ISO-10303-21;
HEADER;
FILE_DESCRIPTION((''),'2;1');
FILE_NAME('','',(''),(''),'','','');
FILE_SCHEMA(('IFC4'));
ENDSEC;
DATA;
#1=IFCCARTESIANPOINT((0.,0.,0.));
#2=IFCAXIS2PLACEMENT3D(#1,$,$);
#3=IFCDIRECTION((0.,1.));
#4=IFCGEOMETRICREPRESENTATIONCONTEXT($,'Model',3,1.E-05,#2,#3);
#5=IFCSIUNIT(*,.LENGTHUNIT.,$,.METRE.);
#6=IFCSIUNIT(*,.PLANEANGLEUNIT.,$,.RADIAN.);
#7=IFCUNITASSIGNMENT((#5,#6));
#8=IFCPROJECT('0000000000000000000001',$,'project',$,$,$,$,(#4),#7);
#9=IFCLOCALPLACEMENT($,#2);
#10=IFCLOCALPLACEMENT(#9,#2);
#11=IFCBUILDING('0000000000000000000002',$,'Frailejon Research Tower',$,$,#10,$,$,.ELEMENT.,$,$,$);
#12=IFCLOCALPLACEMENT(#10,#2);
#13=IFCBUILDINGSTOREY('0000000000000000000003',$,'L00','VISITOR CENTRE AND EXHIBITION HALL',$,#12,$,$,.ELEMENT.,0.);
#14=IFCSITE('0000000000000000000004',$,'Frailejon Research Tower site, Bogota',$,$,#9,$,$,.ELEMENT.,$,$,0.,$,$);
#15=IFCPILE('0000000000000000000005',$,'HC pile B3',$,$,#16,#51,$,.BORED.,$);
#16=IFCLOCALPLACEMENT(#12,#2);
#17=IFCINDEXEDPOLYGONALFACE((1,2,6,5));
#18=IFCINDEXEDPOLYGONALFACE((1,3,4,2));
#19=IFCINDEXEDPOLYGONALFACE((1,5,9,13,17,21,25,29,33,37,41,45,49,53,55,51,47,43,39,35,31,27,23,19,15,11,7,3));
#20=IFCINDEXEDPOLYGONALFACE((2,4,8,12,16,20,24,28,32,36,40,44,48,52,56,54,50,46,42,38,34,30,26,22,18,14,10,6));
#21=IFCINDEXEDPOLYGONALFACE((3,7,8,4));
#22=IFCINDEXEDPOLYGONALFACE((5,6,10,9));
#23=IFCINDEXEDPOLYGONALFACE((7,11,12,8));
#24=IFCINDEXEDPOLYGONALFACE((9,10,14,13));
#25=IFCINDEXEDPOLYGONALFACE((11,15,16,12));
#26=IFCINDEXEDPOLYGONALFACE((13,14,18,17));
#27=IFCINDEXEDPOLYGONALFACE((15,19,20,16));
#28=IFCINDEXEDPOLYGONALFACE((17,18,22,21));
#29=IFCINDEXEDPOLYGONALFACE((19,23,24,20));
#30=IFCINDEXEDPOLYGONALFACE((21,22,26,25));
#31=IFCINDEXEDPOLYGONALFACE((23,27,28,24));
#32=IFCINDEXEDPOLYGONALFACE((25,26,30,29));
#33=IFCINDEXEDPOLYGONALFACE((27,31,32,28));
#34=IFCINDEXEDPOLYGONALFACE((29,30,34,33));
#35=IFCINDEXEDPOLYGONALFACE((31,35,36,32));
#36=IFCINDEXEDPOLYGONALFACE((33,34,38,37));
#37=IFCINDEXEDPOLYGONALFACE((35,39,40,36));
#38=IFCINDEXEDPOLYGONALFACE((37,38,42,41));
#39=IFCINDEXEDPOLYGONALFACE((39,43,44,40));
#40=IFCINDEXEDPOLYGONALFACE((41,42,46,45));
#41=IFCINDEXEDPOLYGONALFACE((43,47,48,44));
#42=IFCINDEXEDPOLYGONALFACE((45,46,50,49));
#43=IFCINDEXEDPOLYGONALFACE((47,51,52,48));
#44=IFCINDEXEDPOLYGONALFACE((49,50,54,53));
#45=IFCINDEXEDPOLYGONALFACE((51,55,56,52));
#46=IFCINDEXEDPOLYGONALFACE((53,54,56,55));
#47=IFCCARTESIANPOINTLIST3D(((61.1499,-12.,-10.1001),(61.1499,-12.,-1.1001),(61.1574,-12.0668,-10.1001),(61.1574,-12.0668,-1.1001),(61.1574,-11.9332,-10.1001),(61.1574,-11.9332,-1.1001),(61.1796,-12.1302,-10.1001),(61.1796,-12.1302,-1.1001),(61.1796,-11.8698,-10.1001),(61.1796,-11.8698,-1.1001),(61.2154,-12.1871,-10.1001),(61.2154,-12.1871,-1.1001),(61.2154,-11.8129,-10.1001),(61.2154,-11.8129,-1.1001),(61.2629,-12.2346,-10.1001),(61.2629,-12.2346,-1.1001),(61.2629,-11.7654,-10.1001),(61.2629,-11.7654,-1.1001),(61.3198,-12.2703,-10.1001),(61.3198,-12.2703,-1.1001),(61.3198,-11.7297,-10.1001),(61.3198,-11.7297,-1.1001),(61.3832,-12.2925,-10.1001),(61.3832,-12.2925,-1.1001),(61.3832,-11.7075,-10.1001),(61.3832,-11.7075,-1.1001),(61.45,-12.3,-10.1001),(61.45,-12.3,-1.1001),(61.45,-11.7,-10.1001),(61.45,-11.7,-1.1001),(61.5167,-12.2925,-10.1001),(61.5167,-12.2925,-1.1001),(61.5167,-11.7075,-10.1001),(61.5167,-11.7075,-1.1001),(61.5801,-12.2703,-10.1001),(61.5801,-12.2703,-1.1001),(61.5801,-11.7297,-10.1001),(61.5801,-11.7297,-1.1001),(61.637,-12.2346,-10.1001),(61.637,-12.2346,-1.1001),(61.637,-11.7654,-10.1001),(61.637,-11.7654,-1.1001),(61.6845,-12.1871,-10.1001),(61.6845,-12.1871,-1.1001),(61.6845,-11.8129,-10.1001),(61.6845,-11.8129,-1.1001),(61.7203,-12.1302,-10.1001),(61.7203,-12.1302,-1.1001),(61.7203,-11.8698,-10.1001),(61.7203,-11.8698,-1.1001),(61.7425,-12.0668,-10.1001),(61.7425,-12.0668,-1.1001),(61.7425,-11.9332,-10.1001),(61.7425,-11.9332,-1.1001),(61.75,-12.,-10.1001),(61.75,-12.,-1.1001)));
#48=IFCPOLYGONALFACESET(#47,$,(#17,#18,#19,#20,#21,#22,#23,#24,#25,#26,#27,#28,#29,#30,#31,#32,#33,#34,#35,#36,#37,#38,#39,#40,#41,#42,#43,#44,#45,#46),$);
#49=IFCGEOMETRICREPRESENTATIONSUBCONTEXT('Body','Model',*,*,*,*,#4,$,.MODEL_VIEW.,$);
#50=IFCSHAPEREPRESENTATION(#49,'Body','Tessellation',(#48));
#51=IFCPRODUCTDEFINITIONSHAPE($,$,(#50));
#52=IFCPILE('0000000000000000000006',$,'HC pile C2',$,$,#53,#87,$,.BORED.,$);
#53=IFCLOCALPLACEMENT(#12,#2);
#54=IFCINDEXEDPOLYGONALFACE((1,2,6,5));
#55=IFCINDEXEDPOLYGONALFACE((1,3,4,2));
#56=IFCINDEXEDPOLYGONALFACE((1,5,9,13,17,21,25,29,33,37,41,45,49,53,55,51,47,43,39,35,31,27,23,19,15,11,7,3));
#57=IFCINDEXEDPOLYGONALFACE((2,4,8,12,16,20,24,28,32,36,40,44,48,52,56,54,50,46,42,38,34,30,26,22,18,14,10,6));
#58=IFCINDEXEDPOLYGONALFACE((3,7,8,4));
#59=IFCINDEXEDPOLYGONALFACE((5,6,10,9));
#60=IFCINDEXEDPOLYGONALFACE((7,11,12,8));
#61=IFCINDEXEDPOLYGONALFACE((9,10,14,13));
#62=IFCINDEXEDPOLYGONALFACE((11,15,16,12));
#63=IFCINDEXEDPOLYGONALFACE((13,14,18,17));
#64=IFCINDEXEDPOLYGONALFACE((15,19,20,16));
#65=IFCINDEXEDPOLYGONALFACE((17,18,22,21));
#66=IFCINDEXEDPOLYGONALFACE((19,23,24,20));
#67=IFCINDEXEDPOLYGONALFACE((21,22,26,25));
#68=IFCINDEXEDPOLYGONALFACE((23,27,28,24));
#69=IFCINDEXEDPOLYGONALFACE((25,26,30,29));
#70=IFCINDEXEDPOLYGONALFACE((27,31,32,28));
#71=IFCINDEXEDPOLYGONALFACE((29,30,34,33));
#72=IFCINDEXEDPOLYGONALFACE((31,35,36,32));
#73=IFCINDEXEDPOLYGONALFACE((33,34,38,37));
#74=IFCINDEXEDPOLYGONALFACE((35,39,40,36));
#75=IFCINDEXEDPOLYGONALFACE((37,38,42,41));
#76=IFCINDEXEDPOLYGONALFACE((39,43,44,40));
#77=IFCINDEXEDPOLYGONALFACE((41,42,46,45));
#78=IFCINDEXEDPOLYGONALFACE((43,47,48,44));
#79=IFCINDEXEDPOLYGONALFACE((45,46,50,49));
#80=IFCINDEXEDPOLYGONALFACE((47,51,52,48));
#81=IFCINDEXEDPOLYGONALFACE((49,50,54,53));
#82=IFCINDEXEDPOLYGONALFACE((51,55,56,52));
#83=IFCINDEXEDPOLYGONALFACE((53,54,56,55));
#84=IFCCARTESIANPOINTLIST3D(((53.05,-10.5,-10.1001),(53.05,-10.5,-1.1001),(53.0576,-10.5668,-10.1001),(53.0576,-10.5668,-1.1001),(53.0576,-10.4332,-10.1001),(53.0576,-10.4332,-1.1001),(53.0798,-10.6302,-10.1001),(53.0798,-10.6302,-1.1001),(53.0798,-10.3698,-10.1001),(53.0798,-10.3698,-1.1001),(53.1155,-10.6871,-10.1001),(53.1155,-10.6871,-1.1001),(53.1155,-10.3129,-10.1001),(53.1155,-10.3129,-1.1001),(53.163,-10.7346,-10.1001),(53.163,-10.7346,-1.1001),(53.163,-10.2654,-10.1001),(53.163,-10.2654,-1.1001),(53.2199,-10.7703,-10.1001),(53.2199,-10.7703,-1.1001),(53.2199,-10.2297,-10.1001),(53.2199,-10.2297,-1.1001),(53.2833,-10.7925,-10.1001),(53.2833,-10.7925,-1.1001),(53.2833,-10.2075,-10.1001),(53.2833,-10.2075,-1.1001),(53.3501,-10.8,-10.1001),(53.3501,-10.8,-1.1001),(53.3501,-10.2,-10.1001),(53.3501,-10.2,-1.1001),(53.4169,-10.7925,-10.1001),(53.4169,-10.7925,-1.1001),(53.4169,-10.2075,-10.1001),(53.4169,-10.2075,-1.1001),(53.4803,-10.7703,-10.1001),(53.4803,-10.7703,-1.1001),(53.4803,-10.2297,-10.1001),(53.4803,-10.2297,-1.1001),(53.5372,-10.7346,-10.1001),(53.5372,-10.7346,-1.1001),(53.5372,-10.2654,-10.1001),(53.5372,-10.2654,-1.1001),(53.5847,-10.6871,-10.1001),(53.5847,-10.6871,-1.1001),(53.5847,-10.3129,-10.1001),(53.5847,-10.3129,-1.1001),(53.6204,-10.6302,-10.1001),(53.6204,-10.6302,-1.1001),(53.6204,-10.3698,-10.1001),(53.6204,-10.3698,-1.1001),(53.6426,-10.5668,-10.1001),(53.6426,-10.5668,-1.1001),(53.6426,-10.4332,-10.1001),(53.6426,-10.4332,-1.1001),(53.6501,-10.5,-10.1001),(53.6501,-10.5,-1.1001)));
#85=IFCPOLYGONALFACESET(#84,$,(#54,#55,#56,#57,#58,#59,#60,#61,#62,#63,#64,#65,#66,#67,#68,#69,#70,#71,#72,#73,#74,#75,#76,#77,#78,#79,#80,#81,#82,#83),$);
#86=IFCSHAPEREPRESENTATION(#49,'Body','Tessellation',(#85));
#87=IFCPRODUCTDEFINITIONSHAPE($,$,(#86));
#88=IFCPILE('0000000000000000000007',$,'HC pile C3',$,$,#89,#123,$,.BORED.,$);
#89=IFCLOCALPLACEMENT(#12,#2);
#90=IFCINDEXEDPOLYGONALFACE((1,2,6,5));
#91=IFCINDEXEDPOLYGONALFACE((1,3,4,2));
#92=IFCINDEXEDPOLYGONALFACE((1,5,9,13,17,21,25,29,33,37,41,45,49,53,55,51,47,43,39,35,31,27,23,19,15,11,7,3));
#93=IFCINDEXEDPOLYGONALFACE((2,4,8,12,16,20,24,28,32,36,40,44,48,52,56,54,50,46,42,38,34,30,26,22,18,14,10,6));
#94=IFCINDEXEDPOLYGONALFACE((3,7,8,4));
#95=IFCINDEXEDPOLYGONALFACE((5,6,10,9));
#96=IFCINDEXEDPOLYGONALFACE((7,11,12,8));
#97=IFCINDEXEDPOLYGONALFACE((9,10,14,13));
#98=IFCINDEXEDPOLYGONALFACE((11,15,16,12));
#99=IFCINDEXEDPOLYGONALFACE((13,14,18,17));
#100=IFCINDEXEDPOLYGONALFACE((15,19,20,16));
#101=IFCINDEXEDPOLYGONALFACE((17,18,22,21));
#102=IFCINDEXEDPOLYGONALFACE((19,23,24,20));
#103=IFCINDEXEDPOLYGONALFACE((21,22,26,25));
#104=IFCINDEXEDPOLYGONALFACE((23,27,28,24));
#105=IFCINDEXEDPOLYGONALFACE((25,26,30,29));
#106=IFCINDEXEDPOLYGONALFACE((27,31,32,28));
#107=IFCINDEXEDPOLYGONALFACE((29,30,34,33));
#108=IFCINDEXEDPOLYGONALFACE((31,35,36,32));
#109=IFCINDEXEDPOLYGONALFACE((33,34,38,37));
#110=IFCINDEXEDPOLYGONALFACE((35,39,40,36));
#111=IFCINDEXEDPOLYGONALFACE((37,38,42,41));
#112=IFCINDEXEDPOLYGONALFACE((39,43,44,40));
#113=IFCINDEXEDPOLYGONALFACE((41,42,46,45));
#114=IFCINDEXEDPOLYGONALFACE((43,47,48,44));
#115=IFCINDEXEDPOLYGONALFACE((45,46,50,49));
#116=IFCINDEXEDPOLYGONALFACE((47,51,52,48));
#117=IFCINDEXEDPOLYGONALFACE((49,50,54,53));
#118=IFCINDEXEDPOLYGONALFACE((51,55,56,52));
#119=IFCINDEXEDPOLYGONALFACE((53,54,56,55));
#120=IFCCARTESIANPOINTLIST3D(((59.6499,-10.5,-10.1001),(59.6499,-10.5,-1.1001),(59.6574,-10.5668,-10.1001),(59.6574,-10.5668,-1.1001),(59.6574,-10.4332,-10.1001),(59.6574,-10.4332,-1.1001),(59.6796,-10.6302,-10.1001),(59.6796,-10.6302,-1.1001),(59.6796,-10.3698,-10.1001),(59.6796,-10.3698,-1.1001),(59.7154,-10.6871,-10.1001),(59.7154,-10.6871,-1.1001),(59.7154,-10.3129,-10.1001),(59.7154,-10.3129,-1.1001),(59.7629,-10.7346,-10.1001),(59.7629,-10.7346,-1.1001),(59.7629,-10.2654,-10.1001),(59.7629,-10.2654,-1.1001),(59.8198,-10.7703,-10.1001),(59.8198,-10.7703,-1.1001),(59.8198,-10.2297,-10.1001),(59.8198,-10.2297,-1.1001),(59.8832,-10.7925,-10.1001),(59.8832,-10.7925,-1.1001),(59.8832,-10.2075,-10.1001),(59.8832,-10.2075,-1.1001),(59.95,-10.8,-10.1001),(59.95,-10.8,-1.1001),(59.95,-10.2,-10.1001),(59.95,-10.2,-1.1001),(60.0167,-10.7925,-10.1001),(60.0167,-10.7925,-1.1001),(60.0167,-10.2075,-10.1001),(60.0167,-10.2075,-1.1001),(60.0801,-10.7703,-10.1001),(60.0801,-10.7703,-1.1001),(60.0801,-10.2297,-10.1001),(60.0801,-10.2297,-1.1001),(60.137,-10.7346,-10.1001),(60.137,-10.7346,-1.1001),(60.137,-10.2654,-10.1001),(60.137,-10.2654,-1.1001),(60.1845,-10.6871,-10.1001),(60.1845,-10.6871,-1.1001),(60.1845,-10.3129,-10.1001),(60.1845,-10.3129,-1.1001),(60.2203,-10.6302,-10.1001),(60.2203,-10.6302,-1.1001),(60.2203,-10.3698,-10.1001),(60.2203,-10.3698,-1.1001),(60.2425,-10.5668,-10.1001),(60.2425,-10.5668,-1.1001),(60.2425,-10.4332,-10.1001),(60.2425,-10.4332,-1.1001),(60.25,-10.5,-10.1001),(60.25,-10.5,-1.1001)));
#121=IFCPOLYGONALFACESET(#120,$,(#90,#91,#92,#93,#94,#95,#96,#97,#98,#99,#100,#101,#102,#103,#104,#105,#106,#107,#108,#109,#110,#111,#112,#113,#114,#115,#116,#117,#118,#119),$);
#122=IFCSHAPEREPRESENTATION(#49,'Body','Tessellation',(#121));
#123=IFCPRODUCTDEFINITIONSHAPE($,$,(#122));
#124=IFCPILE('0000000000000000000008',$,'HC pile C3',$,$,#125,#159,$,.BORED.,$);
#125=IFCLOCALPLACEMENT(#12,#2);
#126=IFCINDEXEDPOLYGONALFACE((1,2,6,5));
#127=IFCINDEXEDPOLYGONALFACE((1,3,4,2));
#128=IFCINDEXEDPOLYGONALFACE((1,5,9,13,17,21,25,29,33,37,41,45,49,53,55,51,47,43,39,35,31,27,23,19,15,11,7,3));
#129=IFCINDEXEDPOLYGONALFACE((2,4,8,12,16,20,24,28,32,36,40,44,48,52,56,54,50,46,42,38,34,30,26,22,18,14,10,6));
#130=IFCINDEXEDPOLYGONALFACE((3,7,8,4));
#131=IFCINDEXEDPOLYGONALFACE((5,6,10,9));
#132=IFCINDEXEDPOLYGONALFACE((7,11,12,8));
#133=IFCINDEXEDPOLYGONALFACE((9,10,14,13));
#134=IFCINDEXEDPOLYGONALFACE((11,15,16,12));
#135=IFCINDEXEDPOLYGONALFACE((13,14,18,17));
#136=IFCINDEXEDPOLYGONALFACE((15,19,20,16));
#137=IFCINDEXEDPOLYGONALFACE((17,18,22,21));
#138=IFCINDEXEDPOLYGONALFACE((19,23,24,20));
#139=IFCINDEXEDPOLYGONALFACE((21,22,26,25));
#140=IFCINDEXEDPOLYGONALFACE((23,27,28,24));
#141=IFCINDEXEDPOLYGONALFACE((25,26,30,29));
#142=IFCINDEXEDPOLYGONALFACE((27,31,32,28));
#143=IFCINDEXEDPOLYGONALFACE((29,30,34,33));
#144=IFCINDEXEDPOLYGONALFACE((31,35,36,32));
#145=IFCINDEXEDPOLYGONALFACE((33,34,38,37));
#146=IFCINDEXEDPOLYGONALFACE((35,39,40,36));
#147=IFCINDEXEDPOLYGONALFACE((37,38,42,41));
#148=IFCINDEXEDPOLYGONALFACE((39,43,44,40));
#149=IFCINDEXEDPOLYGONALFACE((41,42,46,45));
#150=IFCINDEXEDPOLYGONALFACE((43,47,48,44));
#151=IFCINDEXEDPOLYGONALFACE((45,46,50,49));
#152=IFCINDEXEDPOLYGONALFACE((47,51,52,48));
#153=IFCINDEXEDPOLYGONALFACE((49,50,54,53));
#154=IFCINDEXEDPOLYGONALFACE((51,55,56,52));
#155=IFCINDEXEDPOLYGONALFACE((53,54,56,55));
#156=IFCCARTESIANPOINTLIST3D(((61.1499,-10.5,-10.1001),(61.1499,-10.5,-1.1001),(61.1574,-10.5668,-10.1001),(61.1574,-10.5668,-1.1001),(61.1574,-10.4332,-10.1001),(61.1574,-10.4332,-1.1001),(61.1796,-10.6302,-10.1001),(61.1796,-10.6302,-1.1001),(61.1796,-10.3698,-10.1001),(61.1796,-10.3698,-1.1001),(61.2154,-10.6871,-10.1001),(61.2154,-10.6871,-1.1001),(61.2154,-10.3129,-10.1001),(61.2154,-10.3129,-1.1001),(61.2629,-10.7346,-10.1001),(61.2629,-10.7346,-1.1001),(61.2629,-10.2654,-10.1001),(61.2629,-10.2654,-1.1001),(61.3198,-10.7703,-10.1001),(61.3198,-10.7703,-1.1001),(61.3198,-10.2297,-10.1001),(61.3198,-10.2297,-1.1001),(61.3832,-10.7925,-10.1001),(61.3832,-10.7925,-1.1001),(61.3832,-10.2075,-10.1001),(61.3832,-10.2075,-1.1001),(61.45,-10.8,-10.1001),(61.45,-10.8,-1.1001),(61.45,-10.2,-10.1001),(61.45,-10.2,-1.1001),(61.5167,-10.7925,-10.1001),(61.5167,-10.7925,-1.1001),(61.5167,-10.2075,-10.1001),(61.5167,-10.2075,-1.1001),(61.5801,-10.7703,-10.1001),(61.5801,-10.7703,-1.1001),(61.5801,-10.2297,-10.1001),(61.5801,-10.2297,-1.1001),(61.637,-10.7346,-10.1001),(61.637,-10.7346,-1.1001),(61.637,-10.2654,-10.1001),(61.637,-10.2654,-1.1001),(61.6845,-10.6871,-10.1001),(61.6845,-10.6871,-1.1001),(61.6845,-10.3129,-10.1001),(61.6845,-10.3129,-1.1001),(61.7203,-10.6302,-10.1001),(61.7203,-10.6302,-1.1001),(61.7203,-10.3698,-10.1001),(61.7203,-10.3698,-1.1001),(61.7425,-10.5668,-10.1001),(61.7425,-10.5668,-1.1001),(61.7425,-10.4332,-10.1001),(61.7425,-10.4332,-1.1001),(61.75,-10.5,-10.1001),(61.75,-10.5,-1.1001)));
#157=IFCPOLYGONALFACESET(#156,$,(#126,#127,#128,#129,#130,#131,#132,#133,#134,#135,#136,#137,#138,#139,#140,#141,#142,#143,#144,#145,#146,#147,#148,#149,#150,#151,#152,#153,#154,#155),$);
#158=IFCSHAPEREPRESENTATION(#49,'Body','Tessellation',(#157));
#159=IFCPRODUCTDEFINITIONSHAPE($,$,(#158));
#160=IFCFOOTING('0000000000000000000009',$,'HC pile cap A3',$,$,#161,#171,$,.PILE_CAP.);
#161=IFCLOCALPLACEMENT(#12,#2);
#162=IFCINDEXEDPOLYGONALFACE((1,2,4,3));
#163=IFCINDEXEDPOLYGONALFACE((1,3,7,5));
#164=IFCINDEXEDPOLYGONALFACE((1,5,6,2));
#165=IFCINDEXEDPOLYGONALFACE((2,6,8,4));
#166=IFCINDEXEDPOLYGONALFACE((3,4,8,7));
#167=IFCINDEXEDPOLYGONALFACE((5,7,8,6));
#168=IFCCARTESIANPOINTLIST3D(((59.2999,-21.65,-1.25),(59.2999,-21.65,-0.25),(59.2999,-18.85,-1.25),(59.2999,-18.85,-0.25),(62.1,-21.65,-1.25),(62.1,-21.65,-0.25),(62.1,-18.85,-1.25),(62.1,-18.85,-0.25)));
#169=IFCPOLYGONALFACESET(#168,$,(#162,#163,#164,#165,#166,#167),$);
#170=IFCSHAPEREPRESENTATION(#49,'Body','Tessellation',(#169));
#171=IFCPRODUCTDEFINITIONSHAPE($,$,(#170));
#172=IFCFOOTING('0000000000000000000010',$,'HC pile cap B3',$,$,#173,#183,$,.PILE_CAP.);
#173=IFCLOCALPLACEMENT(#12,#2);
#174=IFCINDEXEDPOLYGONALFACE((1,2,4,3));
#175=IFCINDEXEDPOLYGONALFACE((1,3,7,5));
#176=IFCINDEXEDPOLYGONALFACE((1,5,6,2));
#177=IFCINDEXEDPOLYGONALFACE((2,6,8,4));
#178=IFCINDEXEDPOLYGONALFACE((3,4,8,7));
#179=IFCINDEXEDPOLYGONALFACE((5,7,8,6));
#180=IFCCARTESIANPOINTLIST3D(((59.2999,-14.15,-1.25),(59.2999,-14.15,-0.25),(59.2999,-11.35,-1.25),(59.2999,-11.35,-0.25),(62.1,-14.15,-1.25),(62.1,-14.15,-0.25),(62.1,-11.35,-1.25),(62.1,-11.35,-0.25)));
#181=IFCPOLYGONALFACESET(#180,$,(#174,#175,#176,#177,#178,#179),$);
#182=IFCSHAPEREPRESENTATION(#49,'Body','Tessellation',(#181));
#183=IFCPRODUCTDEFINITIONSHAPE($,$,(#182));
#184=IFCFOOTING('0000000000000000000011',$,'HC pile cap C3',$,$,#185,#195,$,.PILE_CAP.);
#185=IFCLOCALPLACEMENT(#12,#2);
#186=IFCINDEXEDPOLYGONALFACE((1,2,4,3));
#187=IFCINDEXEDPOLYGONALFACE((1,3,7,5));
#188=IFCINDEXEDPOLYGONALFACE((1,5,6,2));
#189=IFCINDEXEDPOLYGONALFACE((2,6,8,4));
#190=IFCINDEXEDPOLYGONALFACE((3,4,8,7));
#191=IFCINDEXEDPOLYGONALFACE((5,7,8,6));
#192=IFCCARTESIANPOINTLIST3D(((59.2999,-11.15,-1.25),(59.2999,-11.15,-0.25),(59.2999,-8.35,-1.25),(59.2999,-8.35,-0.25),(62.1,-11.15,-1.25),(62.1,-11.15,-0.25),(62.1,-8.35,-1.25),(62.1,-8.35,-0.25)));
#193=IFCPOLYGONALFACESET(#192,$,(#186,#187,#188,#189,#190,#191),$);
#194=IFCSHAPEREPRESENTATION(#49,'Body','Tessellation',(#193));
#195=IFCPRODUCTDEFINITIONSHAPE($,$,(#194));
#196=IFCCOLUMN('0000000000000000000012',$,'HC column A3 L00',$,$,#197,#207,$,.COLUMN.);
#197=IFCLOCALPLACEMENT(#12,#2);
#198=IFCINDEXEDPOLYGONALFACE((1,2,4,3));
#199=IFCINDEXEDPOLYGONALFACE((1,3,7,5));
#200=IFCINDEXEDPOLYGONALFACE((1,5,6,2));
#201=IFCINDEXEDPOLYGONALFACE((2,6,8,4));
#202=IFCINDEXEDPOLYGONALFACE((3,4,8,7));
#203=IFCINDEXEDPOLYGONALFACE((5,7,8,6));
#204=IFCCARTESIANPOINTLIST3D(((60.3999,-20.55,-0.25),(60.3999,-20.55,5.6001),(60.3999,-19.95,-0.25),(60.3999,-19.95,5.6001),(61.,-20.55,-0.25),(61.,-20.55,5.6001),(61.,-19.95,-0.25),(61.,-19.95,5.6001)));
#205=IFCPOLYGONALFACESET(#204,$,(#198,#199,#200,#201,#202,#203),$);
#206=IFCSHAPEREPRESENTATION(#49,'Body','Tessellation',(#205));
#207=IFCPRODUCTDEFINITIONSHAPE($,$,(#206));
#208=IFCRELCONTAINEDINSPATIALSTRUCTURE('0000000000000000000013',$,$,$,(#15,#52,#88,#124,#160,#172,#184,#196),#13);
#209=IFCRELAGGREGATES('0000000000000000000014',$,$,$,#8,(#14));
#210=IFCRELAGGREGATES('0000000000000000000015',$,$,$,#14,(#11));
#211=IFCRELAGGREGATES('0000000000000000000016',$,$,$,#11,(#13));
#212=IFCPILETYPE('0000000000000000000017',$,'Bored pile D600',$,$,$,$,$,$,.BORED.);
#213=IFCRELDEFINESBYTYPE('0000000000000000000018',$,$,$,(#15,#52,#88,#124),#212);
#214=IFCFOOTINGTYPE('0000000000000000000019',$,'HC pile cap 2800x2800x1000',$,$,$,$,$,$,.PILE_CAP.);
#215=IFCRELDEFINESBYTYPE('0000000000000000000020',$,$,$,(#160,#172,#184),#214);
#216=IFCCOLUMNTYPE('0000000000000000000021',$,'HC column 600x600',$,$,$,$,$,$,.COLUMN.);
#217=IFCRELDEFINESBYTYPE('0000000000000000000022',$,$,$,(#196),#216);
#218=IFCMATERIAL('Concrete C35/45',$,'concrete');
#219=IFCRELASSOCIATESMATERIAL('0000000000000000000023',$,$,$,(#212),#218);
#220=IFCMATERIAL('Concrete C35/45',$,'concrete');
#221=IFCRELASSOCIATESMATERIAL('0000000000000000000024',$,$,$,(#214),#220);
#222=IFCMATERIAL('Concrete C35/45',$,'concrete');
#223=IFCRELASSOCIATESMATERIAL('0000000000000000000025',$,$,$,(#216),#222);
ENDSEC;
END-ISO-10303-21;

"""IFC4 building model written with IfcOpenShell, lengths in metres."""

from ifc_helpers import new_model, si_unit, direction, frame, origin, origin_2d, place, context, subcontext, project, spatial, rectangle, circle, extrude, material, material_profile, profile_set, type_object, element, save


model = new_model("IFC4")

# Units and contexts
model_context = context("Model", 3, precision=1e-05, world=origin(), true_north=direction((0.0, 1.0)))
body_context = subcontext(model_context, "Body", "Model", "MODEL_VIEW")
ifc_project = project(units=[si_unit("LENGTHUNIT", "METRE"), si_unit("PLANEANGLEUNIT", "RADIAN")], contexts=[model_context])

# Site, building, storey
site_placement = place(None, origin())
site = spatial("IfcSite", under=ifc_project, at=site_placement, Name="Frailejon Research Tower site, Bogota", CompositionType="ELEMENT", RefElevation=0.0)
building_placement = place(site_placement, origin())
building = spatial("IfcBuilding", under=site, at=building_placement, Name="Frailejon Research Tower", CompositionType="ELEMENT")
storey_placement = place(building_placement, origin())
storey = spatial("IfcBuildingStorey", under=building, at=storey_placement, Name="L00", Description="VISITOR CENTRE AND EXHIBITION HALL", CompositionType="ELEMENT", Elevation=0.0)

# Piles
ifc_material_1 = material(Name="Concrete C35/45", Category="concrete")
ifc_material_profile_1 = material_profile(ifc_material_1, circle(Radius=0.3, at=origin_2d()), Name="Bored pile D600")
ifc_profile_set_1 = profile_set([ifc_material_profile_1], Name="Concrete C35/45")
pile_type = type_object("IfcPileType", Name="Bored pile D600", PredefinedType="BORED", material=ifc_profile_set_1)
for number, where, z_axis, x_axis, name in (
    (1, (61.45, -12.0, -1.1001), (0.0, 0.0, -1.0), (1.0, 0.0, 0.0), "HC pile B3"),
    (2, (53.3501, -10.5, -1.1001), (0.0, 0.0, -1.0), (1.0, 0.0, 0.0), "HC pile C2"),
    (3, (59.95, -10.5, -1.1001), (0.0, 0.0, -1.0), (1.0, 0.0, 0.0), "HC pile C3"),
    (4, (61.45, -10.5, -1.1001), (0.0, 0.0, -1.0), (1.0, 0.0, 0.0), "HC pile C3"),
):
    element("IfcPile", number, at=place(storey_placement, frame(where, z_axis=z_axis, x_axis=x_axis)), inside=storey, type_object=pile_type, Name=name, PredefinedType="BORED", context=body_context, shape_type="SweptSolid", body=[
        extrude(circle(Radius=0.3, at=origin_2d()), origin(), (0.0, 0.0, 1.0), 9.0),
    ])

# Footings
ifc_material_2 = material(Name="Concrete C35/45", Category="concrete")
footing_type = type_object("IfcFootingType", Name="HC pile cap 2800x2800x1000", PredefinedType="PILE_CAP", material=ifc_material_2)
for number, where, z_axis, x_axis, name in (
    (5, (60.7, -20.25, -1.25), (0.0, 0.0, 1.0), (1.0, 0.0, 0.0), "HC pile cap A3"),
    (6, (60.7, -12.75, -1.25), (0.0, 0.0, 1.0), (1.0, 0.0, 0.0), "HC pile cap B3"),
    (7, (60.7, -9.75, -1.25), (0.0, 0.0, 1.0), (1.0, 0.0, 0.0), "HC pile cap C3"),
):
    element("IfcFooting", number, at=place(storey_placement, frame(where, z_axis=z_axis, x_axis=x_axis)), inside=storey, type_object=footing_type, Name=name, PredefinedType="PILE_CAP", context=body_context, shape_type="SweptSolid", body=[
        extrude(rectangle(XDim=2.8, YDim=2.8, at=origin_2d()), origin(), (0.0, 0.0, 1.0), 1.0),
    ])

# Column
ifc_material_3 = material(Name="Concrete C35/45", Category="concrete")
ifc_material_profile_2 = material_profile(ifc_material_3, rectangle(XDim=0.6001, YDim=0.6001, at=origin_2d()), Name="HC column 600x600")
ifc_profile_set_2 = profile_set([ifc_material_profile_2], Name="Concrete C35/45")
column_type = type_object("IfcColumnType", Name="HC column 600x600", PredefinedType="COLUMN", material=ifc_profile_set_2)
for number, where, z_axis, x_axis, name in (
    (8, (60.7, -20.25, -0.25), (0.0, 0.0, 1.0), (1.0, 0.0, 0.0), "HC column A3 L00"),
):
    element("IfcColumn", number, at=place(storey_placement, frame(where, z_axis=z_axis, x_axis=x_axis)), inside=storey, type_object=column_type, Name=name, PredefinedType="COLUMN", context=body_context, shape_type="SweptSolid", body=[
        extrude(rectangle(XDim=0.6001, YDim=0.6001, at=origin_2d()), origin(), (0.0, 0.0, 1.0), 5.8501),
    ])

save(model, "model.ifc")
